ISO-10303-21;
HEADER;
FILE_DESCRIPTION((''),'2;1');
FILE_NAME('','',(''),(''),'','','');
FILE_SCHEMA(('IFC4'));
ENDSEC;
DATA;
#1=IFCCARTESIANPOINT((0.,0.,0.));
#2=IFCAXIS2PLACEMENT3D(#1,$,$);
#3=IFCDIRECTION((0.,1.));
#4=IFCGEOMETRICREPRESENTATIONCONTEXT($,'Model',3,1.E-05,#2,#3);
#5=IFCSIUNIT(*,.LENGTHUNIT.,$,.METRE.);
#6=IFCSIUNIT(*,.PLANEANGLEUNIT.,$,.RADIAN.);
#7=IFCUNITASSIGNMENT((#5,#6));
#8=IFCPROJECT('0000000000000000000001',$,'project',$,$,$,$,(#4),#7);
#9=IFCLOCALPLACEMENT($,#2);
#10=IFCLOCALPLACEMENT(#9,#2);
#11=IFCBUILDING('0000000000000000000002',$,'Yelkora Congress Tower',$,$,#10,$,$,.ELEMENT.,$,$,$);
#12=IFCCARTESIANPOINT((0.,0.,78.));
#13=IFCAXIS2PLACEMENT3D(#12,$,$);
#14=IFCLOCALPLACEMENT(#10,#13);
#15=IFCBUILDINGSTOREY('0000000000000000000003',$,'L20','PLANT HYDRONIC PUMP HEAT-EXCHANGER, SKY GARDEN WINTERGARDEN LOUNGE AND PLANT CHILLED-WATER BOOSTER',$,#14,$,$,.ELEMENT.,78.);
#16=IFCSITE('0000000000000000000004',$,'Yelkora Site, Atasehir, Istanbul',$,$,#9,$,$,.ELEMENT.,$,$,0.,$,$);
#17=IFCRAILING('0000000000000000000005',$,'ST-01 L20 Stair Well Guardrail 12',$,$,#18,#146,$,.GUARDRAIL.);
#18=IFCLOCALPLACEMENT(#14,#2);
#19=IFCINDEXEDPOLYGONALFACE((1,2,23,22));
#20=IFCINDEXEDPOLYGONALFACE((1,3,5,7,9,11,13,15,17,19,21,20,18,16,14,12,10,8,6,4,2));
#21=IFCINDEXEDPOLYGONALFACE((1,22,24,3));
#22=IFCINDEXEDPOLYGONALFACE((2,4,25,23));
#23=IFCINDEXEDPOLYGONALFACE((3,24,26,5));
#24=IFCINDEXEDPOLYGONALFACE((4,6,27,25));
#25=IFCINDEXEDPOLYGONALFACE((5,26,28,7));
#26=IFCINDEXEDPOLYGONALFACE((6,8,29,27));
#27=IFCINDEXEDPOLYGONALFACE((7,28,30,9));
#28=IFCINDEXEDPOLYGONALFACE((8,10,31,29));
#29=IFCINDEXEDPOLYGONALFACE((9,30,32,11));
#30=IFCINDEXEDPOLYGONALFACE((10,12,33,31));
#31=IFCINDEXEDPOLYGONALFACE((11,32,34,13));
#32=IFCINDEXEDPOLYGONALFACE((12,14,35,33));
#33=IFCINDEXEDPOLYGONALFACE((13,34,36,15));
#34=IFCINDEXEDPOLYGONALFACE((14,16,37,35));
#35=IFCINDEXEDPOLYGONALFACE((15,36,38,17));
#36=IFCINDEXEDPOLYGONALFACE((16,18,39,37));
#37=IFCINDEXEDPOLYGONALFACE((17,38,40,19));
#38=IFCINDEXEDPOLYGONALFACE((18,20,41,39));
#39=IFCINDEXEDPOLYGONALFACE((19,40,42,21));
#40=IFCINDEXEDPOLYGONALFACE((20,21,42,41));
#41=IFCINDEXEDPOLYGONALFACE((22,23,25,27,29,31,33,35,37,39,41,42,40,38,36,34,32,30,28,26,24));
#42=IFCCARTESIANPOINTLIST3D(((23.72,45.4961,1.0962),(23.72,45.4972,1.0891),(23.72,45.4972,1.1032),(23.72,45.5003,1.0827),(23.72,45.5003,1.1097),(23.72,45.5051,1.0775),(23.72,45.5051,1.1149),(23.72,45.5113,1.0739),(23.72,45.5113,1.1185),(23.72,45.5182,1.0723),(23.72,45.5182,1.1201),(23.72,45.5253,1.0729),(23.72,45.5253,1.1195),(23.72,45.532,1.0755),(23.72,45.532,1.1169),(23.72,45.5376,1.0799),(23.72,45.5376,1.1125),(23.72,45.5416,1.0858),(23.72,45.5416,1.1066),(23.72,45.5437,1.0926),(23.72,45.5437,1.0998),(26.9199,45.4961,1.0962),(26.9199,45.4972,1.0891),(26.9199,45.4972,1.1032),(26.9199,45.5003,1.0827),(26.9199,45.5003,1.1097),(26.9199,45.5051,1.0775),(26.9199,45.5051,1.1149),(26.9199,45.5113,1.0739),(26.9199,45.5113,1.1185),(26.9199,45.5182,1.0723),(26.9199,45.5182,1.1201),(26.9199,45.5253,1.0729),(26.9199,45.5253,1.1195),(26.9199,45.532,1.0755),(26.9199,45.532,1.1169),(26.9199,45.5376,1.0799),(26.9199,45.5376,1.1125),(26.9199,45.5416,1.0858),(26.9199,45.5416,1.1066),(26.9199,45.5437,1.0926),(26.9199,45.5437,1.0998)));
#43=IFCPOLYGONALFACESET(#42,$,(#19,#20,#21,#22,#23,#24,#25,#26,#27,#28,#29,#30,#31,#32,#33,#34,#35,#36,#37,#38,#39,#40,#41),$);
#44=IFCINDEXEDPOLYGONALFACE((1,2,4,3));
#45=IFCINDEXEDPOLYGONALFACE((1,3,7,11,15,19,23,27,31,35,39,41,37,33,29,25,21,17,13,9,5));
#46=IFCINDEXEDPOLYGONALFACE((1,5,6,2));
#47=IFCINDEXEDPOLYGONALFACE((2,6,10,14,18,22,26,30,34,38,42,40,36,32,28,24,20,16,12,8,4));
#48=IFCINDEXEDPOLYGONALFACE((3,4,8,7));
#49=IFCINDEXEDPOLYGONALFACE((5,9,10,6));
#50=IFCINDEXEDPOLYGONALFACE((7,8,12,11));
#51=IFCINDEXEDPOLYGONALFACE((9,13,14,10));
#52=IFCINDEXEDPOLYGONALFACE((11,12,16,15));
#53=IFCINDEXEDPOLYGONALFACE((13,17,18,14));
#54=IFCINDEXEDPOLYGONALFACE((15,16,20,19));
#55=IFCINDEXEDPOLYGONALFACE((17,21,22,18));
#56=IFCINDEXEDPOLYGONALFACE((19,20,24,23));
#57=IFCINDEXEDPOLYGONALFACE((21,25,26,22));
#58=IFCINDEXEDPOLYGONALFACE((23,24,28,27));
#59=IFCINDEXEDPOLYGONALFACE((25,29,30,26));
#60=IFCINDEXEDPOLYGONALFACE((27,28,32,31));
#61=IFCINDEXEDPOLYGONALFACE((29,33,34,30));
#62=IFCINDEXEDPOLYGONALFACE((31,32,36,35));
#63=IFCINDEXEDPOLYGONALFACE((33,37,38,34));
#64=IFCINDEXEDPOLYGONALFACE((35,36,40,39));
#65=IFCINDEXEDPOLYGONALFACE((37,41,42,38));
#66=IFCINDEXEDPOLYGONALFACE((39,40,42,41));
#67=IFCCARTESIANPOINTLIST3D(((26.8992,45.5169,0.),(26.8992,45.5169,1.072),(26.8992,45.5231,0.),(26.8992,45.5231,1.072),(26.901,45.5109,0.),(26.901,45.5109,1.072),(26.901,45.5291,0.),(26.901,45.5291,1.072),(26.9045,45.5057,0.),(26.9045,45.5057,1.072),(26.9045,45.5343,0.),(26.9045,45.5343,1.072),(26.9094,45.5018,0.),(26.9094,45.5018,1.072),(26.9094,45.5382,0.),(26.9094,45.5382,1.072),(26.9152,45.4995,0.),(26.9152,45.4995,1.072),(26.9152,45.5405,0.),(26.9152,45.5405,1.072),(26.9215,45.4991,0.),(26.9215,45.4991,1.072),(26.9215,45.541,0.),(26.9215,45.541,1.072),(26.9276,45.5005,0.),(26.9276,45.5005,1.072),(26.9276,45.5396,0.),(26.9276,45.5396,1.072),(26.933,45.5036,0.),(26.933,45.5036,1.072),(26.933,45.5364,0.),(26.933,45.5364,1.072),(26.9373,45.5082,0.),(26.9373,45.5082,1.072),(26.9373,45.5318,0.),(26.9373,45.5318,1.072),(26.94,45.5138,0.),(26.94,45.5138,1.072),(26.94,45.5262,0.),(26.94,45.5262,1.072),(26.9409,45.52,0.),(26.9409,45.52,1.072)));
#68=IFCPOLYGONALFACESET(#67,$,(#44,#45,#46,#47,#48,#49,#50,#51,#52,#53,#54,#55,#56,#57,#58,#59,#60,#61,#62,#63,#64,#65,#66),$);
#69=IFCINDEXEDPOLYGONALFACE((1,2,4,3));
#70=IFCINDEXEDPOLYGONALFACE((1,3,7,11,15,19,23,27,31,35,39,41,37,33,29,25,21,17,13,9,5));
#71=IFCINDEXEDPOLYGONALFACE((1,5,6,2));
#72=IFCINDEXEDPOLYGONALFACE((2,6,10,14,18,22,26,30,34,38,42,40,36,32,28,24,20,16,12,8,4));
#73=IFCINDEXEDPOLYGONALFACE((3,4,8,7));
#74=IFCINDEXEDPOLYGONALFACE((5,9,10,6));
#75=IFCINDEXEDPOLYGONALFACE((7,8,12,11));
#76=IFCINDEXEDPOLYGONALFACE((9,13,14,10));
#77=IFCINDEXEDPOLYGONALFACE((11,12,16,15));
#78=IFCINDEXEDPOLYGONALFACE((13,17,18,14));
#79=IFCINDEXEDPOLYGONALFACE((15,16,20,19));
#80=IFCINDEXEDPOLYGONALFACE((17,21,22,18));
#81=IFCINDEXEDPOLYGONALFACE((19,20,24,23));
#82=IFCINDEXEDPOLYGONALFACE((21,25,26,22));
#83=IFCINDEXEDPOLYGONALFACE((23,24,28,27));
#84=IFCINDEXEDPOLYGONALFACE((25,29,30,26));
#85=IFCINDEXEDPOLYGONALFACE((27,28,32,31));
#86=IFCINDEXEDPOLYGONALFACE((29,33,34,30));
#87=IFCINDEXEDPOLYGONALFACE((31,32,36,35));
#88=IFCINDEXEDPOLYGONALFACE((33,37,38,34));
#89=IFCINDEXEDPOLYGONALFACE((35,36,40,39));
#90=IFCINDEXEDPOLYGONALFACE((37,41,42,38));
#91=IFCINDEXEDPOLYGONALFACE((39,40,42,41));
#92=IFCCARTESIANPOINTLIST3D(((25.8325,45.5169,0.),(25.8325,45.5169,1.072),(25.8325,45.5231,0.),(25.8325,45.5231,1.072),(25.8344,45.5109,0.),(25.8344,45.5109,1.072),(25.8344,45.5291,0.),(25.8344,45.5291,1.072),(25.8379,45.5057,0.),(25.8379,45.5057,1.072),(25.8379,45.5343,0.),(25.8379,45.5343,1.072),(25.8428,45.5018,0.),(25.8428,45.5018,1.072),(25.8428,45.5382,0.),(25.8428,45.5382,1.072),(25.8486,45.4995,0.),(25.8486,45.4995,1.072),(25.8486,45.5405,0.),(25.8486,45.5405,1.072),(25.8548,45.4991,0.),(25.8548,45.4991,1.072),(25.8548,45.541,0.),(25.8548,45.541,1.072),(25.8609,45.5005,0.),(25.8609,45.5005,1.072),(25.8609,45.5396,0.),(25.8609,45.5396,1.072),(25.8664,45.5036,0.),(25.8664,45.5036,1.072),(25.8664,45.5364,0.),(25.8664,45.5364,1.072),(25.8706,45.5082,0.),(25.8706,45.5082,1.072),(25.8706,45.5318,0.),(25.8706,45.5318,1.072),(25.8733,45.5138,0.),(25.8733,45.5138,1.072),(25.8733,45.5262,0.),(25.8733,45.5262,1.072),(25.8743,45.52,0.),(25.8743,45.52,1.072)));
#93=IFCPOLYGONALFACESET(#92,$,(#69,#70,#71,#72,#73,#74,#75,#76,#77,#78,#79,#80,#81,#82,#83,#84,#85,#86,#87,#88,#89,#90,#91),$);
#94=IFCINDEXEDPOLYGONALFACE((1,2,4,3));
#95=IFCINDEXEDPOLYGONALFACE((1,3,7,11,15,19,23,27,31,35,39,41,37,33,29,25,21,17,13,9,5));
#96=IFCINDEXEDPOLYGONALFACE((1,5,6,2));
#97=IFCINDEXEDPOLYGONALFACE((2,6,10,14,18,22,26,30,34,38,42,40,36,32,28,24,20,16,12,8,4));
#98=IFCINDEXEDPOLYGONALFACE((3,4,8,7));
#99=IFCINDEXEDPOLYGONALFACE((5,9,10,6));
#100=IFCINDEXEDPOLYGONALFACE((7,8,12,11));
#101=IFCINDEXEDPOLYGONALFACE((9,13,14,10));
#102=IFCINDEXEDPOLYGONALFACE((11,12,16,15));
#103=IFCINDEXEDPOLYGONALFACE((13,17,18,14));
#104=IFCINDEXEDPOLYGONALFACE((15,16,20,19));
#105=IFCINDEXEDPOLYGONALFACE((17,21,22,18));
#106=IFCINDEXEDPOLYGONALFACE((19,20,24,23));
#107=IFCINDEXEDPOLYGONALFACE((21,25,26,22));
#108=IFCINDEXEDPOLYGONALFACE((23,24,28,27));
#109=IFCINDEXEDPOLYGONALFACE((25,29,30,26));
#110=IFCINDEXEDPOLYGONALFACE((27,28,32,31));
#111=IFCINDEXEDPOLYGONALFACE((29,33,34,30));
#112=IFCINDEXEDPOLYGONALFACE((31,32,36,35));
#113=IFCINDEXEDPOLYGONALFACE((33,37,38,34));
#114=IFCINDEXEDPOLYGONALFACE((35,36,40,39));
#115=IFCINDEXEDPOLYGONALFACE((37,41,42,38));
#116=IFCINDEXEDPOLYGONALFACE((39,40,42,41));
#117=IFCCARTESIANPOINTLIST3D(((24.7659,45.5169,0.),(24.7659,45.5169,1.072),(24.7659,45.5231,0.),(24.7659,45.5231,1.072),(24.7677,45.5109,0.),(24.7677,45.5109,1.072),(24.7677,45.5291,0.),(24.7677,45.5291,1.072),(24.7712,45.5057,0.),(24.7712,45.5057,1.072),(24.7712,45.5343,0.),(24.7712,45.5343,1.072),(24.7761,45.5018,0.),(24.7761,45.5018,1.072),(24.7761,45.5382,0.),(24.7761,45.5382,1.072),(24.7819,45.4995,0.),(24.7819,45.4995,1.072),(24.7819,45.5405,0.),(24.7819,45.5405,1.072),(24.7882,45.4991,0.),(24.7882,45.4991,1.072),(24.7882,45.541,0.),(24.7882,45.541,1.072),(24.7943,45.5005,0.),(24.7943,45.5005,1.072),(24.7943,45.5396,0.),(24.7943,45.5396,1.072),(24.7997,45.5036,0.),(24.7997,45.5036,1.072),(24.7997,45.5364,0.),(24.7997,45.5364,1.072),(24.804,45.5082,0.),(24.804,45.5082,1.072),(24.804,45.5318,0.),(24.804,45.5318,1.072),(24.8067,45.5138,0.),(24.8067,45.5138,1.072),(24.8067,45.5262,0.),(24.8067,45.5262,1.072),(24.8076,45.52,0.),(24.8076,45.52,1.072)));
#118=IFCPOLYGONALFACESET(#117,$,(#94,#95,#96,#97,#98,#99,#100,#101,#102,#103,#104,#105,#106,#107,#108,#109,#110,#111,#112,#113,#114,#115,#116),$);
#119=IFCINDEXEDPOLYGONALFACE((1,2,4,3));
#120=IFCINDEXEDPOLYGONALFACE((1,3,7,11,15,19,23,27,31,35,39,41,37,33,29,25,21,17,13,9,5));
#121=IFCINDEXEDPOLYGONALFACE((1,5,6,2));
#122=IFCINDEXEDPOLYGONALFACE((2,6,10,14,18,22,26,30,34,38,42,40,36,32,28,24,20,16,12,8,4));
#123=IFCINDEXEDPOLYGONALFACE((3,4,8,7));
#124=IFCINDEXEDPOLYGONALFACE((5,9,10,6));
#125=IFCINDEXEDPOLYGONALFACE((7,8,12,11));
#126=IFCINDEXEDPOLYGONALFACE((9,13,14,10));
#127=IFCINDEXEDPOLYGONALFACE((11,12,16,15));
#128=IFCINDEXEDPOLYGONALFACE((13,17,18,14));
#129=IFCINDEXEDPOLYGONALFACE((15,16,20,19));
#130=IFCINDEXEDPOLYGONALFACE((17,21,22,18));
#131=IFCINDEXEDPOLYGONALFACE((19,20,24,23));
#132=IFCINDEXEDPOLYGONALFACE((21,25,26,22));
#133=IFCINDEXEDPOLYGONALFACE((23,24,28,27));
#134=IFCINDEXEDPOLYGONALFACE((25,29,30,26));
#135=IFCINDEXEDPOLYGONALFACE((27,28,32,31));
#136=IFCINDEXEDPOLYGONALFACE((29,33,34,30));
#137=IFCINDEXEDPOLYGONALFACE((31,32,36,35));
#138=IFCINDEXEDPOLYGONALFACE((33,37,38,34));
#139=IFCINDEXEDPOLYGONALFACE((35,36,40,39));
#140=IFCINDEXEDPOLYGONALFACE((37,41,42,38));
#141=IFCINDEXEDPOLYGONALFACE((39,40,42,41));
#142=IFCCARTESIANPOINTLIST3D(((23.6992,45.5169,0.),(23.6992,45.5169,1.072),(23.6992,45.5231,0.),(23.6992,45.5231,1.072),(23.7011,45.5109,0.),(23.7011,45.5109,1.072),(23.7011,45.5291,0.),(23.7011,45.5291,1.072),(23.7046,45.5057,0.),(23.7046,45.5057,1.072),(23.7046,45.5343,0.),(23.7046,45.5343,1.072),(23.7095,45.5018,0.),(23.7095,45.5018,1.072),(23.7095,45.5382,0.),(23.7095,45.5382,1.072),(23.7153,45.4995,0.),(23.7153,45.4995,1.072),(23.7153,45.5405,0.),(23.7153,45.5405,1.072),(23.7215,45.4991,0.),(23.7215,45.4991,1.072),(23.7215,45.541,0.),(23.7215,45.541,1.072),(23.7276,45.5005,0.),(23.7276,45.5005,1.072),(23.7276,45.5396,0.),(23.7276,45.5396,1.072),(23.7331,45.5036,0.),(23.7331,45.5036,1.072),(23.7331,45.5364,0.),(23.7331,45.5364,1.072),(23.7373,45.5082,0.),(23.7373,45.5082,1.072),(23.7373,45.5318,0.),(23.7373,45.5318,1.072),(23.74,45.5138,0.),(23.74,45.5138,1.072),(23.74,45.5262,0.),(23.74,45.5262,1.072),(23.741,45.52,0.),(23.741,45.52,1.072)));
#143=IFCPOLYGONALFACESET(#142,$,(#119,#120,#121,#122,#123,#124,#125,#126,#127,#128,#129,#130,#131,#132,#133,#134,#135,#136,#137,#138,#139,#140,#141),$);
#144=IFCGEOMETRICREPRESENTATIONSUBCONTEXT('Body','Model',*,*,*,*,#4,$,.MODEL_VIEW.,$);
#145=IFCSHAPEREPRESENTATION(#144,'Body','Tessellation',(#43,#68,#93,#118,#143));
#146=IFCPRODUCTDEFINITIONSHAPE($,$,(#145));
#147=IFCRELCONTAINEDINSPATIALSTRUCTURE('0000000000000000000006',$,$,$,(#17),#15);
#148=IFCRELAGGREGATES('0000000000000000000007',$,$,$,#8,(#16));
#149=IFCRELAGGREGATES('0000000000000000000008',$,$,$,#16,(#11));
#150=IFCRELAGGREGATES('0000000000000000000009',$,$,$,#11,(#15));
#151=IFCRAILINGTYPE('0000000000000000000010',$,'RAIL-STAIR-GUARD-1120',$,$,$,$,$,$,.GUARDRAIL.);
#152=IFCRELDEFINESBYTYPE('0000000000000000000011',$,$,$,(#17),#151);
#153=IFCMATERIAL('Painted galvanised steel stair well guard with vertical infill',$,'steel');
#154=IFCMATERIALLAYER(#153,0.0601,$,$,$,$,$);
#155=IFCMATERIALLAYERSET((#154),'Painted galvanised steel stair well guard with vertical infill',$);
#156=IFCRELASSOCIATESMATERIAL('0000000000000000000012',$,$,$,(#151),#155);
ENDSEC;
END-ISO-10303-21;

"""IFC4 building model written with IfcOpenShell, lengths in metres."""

from ifc_helpers import new_model, si_unit, direction, frame, origin, origin_2d, place, context, subcontext, project, spatial, circle, extrude, material, layer, layer_set, type_object, element, save


model = new_model("IFC4")

# Units and contexts
model_context = context("Model", 3, precision=1e-05, world=origin(), true_north=direction((0.0, 1.0)))
body_context = subcontext(model_context, "Body", "Model", "MODEL_VIEW")
ifc_project = project(units=[si_unit("LENGTHUNIT", "METRE"), si_unit("PLANEANGLEUNIT", "RADIAN")], contexts=[model_context])

# Site, building, storey
site_placement = place(None, origin())
site = spatial("IfcSite", under=ifc_project, at=site_placement, Name="Yelkora Site, Atasehir, Istanbul", CompositionType="ELEMENT", RefElevation=0.0)
building_placement = place(site_placement, origin())
building = spatial("IfcBuilding", under=site, at=building_placement, Name="Yelkora Congress Tower", CompositionType="ELEMENT")
storey_placement = place(building_placement, frame((0.0, 0.0, 78.0)))
storey = spatial("IfcBuildingStorey", under=building, at=storey_placement, Name="L20", Description="PLANT HYDRONIC PUMP HEAT-EXCHANGER, SKY GARDEN WINTERGARDEN LOUNGE AND PLANT CHILLED-WATER BOOSTER", CompositionType="ELEMENT", Elevation=78.0)

# Railing
ifc_material_1 = material(Name="Painted galvanised steel stair well guard with vertical infill", Category="steel")
ifc_layer_1 = layer(ifc_material_1, 0.0601)
ifc_layer_set_1 = layer_set([ifc_layer_1], Name="Painted galvanised steel stair well guard with vertical infill")
railing_type_1 = type_object("IfcRailingType", Name="RAIL-STAIR-GUARD-1120", PredefinedType="GUARDRAIL", material=ifc_layer_set_1)
railing_1_placement = place(storey_placement, frame((26.9199, 45.52, 0.0)))
element("IfcRailing", 1, at=railing_1_placement, inside=storey, type_object=railing_type_1, Name="ST-01 L20 Stair Well Guardrail 12", PredefinedType="GUARDRAIL", context=body_context, shape_type="SweptSolid", body=[
    extrude(circle(Radius=0.0239, at=origin_2d()), frame((0.0, 0.0, 1.0962), z_axis=(-1.0, 0.0, 0.0), x_axis=(0.0, -1.0, 0.0)), (0.0, 0.0, 1.0), 3.2),
    extrude(circle(Radius=0.021, at=origin_2d()), origin(), (0.0, 0.0, 1.0), 1.072),
    extrude(circle(Radius=0.021, at=origin_2d()), frame((-1.0667, 0.0, 0.0)), (0.0, 0.0, 1.0), 1.072),
    extrude(circle(Radius=0.021, at=origin_2d()), frame((-2.1333, 0.0, 0.0)), (0.0, 0.0, 1.0), 1.072),
    extrude(circle(Radius=0.021, at=origin_2d()), frame((-3.2, 0.0, 0.0)), (0.0, 0.0, 1.0), 1.072),
])

save(model, "model.ifc")
